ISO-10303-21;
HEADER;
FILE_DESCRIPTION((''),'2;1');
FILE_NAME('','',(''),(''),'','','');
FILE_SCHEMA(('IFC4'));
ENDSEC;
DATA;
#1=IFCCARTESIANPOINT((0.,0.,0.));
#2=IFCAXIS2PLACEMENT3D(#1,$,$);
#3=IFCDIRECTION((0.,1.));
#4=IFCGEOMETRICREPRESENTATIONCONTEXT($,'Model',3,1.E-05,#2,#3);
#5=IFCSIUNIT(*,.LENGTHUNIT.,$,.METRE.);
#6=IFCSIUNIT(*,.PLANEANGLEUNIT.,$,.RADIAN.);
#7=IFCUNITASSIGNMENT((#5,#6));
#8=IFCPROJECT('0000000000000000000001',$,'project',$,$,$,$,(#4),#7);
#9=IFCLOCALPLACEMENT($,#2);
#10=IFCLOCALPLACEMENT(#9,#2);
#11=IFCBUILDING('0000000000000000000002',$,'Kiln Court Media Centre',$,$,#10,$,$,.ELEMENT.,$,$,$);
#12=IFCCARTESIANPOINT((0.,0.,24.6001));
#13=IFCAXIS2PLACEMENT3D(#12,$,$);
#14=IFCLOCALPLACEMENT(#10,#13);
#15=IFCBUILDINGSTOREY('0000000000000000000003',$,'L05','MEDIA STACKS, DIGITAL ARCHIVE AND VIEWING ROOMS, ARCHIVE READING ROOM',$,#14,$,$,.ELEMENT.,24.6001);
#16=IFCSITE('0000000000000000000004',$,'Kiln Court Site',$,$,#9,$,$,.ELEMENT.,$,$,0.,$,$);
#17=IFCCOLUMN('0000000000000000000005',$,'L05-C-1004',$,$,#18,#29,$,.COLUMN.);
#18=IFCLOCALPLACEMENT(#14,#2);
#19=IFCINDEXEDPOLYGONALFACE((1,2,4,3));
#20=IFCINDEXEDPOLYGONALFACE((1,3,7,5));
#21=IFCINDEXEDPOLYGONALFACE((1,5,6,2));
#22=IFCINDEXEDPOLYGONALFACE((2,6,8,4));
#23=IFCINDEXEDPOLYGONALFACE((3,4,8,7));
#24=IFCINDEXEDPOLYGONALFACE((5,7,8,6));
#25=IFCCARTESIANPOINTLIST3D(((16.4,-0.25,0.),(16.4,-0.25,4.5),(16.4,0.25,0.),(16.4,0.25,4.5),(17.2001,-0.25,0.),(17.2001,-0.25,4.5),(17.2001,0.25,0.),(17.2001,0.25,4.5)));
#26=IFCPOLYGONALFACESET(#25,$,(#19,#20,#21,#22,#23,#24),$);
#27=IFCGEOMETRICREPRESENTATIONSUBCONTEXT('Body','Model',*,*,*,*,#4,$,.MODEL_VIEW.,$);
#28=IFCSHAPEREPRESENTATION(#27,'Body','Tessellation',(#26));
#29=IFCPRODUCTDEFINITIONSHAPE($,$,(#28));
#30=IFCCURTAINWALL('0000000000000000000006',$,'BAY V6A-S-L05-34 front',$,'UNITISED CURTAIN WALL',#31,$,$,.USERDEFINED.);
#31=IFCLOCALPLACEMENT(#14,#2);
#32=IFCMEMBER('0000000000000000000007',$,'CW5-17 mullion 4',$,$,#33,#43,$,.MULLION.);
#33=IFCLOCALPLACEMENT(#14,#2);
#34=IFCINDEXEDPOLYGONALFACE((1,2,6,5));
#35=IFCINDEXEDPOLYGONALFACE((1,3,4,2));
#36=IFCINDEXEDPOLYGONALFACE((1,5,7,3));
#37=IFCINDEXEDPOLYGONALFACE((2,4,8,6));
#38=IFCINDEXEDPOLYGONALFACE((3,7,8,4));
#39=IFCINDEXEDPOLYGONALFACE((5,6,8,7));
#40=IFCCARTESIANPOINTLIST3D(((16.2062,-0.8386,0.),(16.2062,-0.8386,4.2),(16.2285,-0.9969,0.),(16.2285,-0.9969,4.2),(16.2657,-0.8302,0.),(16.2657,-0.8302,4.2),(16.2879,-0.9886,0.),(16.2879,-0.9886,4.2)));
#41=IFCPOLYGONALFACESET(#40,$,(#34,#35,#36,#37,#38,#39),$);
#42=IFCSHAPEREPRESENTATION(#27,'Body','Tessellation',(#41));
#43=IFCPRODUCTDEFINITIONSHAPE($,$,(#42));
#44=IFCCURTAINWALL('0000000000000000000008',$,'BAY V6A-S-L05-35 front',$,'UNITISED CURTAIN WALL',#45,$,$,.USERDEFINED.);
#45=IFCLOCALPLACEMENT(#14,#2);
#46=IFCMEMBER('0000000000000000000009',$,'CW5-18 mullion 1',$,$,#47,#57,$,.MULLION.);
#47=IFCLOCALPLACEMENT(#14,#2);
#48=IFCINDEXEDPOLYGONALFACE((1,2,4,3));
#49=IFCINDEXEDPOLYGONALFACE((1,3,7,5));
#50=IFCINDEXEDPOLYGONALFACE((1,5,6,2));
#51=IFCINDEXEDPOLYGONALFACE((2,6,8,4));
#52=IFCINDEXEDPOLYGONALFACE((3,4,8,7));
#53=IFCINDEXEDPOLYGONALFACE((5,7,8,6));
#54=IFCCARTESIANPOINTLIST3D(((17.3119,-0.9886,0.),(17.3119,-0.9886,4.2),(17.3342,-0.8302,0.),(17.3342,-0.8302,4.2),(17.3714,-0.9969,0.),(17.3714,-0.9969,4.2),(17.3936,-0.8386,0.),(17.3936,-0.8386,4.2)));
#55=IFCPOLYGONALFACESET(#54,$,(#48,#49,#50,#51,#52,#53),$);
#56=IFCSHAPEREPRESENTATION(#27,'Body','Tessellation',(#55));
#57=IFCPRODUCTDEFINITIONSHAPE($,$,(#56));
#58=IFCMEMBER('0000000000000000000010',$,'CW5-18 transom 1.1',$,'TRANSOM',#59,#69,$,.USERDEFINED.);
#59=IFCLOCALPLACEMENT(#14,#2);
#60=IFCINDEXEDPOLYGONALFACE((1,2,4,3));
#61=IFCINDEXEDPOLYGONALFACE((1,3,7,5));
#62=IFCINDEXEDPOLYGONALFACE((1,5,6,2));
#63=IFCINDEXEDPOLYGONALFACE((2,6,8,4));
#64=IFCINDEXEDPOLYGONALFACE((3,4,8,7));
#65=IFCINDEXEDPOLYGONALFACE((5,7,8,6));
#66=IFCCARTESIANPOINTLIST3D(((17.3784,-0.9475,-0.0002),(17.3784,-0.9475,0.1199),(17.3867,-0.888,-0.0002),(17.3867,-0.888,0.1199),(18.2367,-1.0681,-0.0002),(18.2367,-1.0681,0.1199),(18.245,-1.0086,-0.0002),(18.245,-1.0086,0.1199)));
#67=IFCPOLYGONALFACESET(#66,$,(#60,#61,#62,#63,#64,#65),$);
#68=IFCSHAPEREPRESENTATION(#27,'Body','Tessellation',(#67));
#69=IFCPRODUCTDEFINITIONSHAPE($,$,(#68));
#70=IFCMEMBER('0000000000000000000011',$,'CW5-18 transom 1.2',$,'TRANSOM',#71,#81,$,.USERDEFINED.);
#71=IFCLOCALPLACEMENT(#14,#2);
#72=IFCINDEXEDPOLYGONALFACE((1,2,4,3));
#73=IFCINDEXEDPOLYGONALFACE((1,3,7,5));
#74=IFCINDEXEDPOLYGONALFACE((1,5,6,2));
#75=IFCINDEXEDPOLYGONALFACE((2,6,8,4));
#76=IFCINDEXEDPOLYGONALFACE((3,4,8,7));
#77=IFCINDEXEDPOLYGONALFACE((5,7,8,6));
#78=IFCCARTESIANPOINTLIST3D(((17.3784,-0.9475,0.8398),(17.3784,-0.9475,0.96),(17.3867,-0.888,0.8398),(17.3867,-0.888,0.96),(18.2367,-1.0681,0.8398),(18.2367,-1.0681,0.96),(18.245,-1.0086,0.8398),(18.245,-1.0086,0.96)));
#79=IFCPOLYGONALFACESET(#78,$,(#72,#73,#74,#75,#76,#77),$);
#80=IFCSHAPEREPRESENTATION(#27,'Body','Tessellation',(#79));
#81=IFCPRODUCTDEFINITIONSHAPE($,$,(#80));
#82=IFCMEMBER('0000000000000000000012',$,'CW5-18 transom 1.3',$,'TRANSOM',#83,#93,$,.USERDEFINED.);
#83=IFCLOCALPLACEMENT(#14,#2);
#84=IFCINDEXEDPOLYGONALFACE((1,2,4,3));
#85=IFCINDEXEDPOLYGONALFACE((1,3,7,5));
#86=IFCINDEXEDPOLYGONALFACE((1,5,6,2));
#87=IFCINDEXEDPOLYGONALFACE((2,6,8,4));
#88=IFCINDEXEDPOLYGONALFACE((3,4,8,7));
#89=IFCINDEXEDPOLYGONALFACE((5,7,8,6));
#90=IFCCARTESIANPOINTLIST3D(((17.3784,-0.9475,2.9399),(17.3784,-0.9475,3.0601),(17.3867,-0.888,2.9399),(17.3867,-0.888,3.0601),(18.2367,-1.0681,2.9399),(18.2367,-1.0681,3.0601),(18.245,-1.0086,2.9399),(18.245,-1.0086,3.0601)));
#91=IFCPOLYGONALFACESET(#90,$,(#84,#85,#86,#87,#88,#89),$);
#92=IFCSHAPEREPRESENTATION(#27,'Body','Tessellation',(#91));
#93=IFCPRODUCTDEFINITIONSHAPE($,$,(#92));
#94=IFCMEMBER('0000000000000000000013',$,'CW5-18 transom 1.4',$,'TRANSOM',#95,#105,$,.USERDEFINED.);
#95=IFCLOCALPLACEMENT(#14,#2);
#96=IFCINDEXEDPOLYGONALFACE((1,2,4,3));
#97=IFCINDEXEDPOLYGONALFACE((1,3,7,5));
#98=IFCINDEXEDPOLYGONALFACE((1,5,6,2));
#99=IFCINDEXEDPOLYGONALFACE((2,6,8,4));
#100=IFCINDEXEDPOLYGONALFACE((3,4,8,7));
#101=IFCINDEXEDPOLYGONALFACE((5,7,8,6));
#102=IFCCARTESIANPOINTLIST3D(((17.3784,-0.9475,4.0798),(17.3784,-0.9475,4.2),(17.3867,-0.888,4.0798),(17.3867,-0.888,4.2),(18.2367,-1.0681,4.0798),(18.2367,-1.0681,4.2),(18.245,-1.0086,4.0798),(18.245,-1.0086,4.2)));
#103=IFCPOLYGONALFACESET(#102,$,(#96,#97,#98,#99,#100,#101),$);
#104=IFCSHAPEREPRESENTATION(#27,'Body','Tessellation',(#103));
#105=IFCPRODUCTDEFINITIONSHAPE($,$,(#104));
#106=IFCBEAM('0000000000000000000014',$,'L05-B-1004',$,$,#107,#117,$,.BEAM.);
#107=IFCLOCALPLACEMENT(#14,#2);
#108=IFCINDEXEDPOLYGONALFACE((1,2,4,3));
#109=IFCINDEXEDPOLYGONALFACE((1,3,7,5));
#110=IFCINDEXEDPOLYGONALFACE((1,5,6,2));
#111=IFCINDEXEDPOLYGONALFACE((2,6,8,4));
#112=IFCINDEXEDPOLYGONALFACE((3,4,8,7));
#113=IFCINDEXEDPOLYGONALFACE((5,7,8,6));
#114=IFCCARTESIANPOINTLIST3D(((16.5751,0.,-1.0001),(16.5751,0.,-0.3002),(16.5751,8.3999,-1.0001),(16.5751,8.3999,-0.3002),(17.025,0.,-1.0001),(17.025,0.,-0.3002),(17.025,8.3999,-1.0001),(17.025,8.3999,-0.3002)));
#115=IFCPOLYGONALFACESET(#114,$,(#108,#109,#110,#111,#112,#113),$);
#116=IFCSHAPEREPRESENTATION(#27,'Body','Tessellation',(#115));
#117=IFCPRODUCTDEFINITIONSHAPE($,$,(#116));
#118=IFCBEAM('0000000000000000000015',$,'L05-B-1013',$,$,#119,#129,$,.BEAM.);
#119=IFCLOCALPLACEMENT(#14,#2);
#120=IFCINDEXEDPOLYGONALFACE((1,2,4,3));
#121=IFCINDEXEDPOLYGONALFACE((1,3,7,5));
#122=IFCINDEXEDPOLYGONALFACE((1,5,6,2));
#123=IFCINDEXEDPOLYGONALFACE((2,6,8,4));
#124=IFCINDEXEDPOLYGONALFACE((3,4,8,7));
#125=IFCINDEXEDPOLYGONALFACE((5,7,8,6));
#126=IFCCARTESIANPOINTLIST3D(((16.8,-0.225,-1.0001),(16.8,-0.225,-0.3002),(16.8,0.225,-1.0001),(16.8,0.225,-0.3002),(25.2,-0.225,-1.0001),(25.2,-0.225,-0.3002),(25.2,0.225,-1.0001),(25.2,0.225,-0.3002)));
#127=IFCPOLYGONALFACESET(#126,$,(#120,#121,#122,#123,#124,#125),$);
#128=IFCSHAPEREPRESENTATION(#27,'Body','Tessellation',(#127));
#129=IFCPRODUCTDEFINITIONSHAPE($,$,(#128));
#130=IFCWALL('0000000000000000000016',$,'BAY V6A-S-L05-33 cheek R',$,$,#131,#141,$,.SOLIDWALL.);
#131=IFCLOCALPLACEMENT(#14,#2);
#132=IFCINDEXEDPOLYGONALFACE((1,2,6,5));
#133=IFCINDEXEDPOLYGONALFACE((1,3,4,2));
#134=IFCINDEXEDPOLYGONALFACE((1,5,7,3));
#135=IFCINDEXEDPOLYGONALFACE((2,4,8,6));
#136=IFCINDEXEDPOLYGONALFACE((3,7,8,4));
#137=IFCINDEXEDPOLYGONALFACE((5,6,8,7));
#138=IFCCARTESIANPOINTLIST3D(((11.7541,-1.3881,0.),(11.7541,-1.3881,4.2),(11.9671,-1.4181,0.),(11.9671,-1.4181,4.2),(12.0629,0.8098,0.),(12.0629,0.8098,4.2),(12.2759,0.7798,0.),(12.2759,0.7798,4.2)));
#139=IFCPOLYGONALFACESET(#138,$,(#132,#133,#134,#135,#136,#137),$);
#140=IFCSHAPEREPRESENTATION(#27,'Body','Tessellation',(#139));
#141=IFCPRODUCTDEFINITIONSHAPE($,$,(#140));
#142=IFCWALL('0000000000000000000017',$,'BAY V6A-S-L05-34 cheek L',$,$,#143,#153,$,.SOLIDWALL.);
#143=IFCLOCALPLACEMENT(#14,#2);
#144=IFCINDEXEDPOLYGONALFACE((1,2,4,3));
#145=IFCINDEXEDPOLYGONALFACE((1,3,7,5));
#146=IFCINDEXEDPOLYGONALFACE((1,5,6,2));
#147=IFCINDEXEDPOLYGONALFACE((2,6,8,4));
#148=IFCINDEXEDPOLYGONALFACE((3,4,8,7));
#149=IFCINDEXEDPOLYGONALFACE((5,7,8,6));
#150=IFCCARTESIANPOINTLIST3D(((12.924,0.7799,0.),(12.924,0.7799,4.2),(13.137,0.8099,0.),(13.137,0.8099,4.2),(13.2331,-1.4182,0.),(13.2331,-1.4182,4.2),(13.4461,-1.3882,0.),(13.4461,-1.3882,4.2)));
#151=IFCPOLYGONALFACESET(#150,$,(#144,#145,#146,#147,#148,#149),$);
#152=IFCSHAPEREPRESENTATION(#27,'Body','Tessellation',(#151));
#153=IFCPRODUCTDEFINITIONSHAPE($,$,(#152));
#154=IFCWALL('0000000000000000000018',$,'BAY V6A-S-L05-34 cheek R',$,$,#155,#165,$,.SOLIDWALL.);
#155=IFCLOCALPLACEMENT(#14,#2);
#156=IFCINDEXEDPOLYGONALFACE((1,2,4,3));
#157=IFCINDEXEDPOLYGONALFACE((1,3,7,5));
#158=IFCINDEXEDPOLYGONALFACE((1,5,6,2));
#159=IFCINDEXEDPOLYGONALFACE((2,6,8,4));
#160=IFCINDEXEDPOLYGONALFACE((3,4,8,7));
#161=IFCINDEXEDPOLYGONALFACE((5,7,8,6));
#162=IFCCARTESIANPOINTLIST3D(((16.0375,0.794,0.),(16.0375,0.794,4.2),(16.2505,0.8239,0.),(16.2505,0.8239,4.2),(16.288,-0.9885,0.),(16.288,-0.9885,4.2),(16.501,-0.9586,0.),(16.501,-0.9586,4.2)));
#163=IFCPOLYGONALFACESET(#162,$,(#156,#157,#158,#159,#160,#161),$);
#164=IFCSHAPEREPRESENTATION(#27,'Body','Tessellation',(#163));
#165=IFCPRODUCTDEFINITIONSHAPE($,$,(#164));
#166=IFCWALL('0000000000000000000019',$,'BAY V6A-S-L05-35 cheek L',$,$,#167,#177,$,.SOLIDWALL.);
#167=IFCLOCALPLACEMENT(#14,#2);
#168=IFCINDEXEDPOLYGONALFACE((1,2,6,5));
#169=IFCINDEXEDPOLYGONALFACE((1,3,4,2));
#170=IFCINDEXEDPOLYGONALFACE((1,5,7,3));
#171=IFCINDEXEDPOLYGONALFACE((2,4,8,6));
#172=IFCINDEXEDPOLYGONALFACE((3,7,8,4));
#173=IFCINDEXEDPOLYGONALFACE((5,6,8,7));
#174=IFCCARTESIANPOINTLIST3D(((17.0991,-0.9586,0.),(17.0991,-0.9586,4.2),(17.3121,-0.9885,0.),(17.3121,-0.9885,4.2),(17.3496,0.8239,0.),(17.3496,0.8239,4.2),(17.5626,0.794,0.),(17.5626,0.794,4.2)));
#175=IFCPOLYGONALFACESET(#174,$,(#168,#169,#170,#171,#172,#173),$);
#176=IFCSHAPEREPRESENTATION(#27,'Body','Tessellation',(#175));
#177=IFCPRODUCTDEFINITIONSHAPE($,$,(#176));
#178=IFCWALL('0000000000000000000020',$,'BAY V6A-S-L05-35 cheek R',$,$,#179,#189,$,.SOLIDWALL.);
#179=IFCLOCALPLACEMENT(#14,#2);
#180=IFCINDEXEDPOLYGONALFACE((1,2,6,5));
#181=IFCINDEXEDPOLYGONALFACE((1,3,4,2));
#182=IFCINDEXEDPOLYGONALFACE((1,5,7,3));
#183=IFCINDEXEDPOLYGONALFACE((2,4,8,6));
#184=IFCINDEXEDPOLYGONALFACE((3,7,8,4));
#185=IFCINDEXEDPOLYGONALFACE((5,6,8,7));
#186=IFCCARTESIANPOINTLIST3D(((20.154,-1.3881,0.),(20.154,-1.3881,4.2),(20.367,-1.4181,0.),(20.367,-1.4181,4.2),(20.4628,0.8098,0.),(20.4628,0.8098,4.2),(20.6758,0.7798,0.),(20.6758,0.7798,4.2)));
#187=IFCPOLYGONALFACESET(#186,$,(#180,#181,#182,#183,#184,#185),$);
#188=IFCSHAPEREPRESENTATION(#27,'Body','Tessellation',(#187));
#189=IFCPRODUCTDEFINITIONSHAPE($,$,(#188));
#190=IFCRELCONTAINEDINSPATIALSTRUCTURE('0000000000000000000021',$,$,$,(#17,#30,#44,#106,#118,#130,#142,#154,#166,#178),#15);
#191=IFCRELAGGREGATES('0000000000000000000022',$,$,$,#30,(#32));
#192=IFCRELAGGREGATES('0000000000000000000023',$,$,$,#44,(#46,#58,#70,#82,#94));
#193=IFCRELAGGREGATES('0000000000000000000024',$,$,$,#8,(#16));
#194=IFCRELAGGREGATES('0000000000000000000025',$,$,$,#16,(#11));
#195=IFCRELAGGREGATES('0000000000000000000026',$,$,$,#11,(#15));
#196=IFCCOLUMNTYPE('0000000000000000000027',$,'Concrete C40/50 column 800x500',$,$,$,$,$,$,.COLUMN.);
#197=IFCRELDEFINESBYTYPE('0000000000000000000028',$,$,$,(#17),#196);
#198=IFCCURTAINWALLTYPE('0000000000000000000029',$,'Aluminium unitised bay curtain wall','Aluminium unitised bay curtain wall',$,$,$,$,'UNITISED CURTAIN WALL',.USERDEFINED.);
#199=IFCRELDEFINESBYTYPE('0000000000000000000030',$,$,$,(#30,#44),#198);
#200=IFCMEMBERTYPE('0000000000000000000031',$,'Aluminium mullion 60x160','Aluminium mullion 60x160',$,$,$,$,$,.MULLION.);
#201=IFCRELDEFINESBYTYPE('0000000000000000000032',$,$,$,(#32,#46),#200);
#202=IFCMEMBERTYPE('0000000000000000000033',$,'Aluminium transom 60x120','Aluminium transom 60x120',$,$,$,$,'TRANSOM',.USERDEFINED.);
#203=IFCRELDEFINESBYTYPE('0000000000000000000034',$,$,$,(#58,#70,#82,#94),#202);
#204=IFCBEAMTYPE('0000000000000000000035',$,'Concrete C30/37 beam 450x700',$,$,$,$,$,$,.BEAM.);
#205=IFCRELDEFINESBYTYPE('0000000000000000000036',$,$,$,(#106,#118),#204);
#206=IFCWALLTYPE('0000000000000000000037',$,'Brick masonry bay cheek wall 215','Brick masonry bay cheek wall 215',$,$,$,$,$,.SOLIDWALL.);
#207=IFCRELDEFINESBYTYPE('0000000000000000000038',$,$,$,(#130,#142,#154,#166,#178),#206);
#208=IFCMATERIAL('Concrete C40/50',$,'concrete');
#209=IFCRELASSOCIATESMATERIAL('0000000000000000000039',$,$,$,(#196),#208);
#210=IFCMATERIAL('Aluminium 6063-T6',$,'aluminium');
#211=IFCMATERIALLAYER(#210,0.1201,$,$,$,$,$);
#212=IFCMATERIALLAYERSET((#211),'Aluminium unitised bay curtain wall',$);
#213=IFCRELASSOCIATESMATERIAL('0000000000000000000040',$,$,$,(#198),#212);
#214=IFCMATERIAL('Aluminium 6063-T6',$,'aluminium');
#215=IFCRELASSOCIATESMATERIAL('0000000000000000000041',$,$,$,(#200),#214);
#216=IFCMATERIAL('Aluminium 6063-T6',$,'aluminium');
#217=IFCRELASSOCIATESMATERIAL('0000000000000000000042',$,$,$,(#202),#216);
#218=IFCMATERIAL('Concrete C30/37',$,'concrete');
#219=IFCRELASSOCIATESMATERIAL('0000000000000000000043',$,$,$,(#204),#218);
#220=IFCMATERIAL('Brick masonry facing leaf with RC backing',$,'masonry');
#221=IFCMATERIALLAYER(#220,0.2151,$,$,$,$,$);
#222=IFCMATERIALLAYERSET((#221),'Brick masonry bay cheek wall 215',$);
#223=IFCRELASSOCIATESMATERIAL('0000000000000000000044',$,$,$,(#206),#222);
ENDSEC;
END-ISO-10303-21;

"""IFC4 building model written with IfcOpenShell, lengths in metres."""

from ifc_helpers import new_model, si_unit, direction, frame, frame_2d, origin, origin_2d, place, context, subcontext, project, spatial, rectangle, extrude, material, layer, layer_set, material_profile, profile_set, type_object, element, aggregate, save


model = new_model("IFC4")

# Units and contexts
model_context = context("Model", 3, precision=1e-05, world=origin(), true_north=direction((0.0, 1.0)))
body_context = subcontext(model_context, "Body", "Model", "MODEL_VIEW")
ifc_project = project(units=[si_unit("LENGTHUNIT", "METRE"), si_unit("PLANEANGLEUNIT", "RADIAN")], contexts=[model_context])

# Site, building, storey
site_placement = place(None, origin())
site = spatial("IfcSite", under=ifc_project, at=site_placement, Name="Kiln Court Site", CompositionType="ELEMENT", RefElevation=0.0)
building_placement = place(site_placement, origin())
building = spatial("IfcBuilding", under=site, at=building_placement, Name="Kiln Court Media Centre", CompositionType="ELEMENT")
storey_placement = place(building_placement, frame((0.0, 0.0, 24.6001)))
storey = spatial("IfcBuildingStorey", under=building, at=storey_placement, Name="L05", Description="MEDIA STACKS, DIGITAL ARCHIVE AND VIEWING ROOMS, ARCHIVE READING ROOM", CompositionType="ELEMENT", Elevation=24.6001)

# Column
ifc_material_1 = material(Name="Concrete C40/50", Category="concrete")
ifc_material_profile_1 = material_profile(ifc_material_1, rectangle(XDim=0.8, YDim=0.5, at=origin_2d()), Name="RC 800x500")
ifc_profile_set_1 = profile_set([ifc_material_profile_1], Name="Concrete C40/50")
column_type = type_object("IfcColumnType", Name="Concrete C40/50 column 800x500", PredefinedType="COLUMN", material=ifc_profile_set_1)
column_placement = place(storey_placement, frame((16.8, 0.0, 0.0), z_axis=(0.0, 0.0, 1.0), x_axis=(1.0, 0.0, 0.0)))
element("IfcColumn", 1, at=column_placement, inside=storey, type_object=column_type, Name="L05-C-1004", PredefinedType="COLUMN", context=body_context, shape_type="SweptSolid", body=[
    extrude(rectangle(XDim=0.8, YDim=0.5, at=origin_2d()), origin(), (0.0, 0.0, 1.0), 4.5),
])

# Curtain wall, member
ifc_material_2 = material(Name="Aluminium 6063-T6", Category="aluminium")
ifc_layer_1 = layer(ifc_material_2, 0.1201)
ifc_layer_set_1 = layer_set([ifc_layer_1], Name="Aluminium unitised bay curtain wall")
curtain_wall_type = type_object("IfcCurtainWallType", Name="Aluminium unitised bay curtain wall", Description="Aluminium unitised bay curtain wall", ElementType="UNITISED CURTAIN WALL", PredefinedType="USERDEFINED", material=ifc_layer_set_1)
curtain_wall_1_placement = place(storey_placement, origin())
curtain_wall_1 = element("IfcCurtainWall", 2, at=curtain_wall_1_placement, inside=storey, type_object=curtain_wall_type, Name="BAY V6A-S-L05-34 front", ObjectType="UNITISED CURTAIN WALL", PredefinedType="USERDEFINED")
ifc_material_3 = material(Name="Aluminium 6063-T6", Category="aluminium")
ifc_material_profile_2 = material_profile(ifc_material_3, rectangle(XDim=0.0601, YDim=0.1599, at=origin_2d()), Name="Aluminium mullion 60x160")
ifc_profile_set_2 = profile_set([ifc_material_profile_2], Name="Aluminium 6063-T6")
member_type_1 = type_object("IfcMemberType", Name="Aluminium mullion 60x160", Description="Aluminium mullion 60x160", PredefinedType="MULLION", material=ifc_profile_set_2)
member_1_placement = place(storey_placement, frame((16.2471, -0.9136, 0.0), z_axis=(0.0, 0.0, 1.0), x_axis=(0.99027, 0.139162, 0.0)))
member_1 = element("IfcMember", 3, at=member_1_placement, type_object=member_type_1, Name="CW5-17 mullion 4", PredefinedType="MULLION", context=body_context, shape_type="SweptSolid", body=[
    extrude(rectangle(XDim=0.0601, YDim=0.1599, at=origin_2d()), origin(), (0.0, 0.0, 1.0), 4.2),
])
aggregate(curtain_wall_1, [member_1])

# Curtain wall, members
curtain_wall_2_placement = place(storey_placement, origin())
curtain_wall_2 = element("IfcCurtainWall", 4, at=curtain_wall_2_placement, inside=storey, type_object=curtain_wall_type, Name="BAY V6A-S-L05-35 front", ObjectType="UNITISED CURTAIN WALL", PredefinedType="USERDEFINED")
member_2_placement = place(storey_placement, frame((17.3528, -0.9136, 0.0), z_axis=(0.0, 0.0, 1.0), x_axis=(0.99027, -0.139162, 0.0)))
member_2 = element("IfcMember", 5, at=member_2_placement, type_object=member_type_1, Name="CW5-18 mullion 1", PredefinedType="MULLION", context=body_context, shape_type="SweptSolid", body=[
    extrude(rectangle(XDim=0.0601, YDim=0.1599, at=origin_2d()), origin(), (0.0, 0.0, 1.0), 4.2),
])
ifc_material_4 = material(Name="Aluminium 6063-T6", Category="aluminium")
ifc_material_profile_3 = material_profile(ifc_material_4, rectangle(XDim=0.0601, YDim=0.1201, at=origin_2d()), Name="Aluminium transom 60x120")
ifc_profile_set_3 = profile_set([ifc_material_profile_3], Name="Aluminium 6063-T6")
member_type_2 = type_object("IfcMemberType", Name="Aluminium transom 60x120", Description="Aluminium transom 60x120", ElementType="TRANSOM", PredefinedType="USERDEFINED", material=ifc_profile_set_3)
member_3_placement = place(storey_placement, frame((17.3826, -0.9177, 0.0598), z_axis=(0.990268, -0.139173, 0.0), x_axis=(0.139173, 0.990268, 0.0)))
member_3 = element("IfcMember", 6, at=member_3_placement, type_object=member_type_2, Name="CW5-18 transom 1.1", ObjectType="TRANSOM", PredefinedType="USERDEFINED", context=body_context, shape_type="SweptSolid", body=[
    extrude(rectangle(XDim=0.0601, YDim=0.1201, at=origin_2d()), origin(), (0.0, 0.0, 1.0), 0.8667),
])
member_4_placement = place(storey_placement, frame((17.3826, -0.9177, 0.8999), z_axis=(0.990268, -0.139173, 0.0), x_axis=(0.139173, 0.990268, 0.0)))
member_4 = element("IfcMember", 7, at=member_4_placement, type_object=member_type_2, Name="CW5-18 transom 1.2", ObjectType="TRANSOM", PredefinedType="USERDEFINED", context=body_context, shape_type="SweptSolid", body=[
    extrude(rectangle(XDim=0.0601, YDim=0.1201, at=origin_2d()), origin(), (0.0, 0.0, 1.0), 0.8667),
])
member_5_placement = place(storey_placement, frame((17.3826, -0.9177, 3.0), z_axis=(0.990268, -0.139173, 0.0), x_axis=(0.139173, 0.990268, 0.0)))
member_5 = element("IfcMember", 8, at=member_5_placement, type_object=member_type_2, Name="CW5-18 transom 1.3", ObjectType="TRANSOM", PredefinedType="USERDEFINED", context=body_context, shape_type="SweptSolid", body=[
    extrude(rectangle(XDim=0.0601, YDim=0.1201, at=origin_2d()), origin(), (0.0, 0.0, 1.0), 0.8667),
])
member_6_placement = place(storey_placement, frame((17.3826, -0.9177, 4.1399), z_axis=(0.990268, -0.139173, 0.0), x_axis=(0.139173, 0.990268, 0.0)))
member_6 = element("IfcMember", 9, at=member_6_placement, type_object=member_type_2, Name="CW5-18 transom 1.4", ObjectType="TRANSOM", PredefinedType="USERDEFINED", context=body_context, shape_type="SweptSolid", body=[
    extrude(rectangle(XDim=0.0601, YDim=0.1201, at=origin_2d()), origin(), (0.0, 0.0, 1.0), 0.8667),
])
aggregate(curtain_wall_2, [member_2, member_3, member_4, member_5, member_6])

# Beams
ifc_material_5 = material(Name="Concrete C30/37", Category="concrete")
ifc_material_profile_4 = material_profile(ifc_material_5, rectangle(XDim=0.45, YDim=0.7, at=origin_2d()), Name="RC 450x700")
ifc_profile_set_4 = profile_set([ifc_material_profile_4], Name="Concrete C30/37")
beam_type = type_object("IfcBeamType", Name="Concrete C30/37 beam 450x700", PredefinedType="BEAM", material=ifc_profile_set_4)
for number, where, z_axis, x_axis, name in (
    (10, (16.8, 0.0, -0.6501), (0.0, 1.0, 0.0), (-1.0, 0.0, 0.0), "L05-B-1004"),
    (11, (16.8, 0.0, -0.6501), (1.0, 0.0, 0.0), (0.0, 1.0, 0.0), "L05-B-1013"),
):
    element("IfcBeam", number, at=place(storey_placement, frame(where, z_axis=z_axis, x_axis=x_axis)), inside=storey, type_object=beam_type, Name=name, PredefinedType="BEAM", context=body_context, shape_type="SweptSolid", body=[
        extrude(rectangle(XDim=0.45, YDim=0.7, at=origin_2d()), origin(), (0.0, 0.0, 1.0), 8.3999),
    ])

# Walls
ifc_material_6 = material(Name="Brick masonry facing leaf with RC backing", Category="masonry")
ifc_layer_2 = layer(ifc_material_6, 0.2151)
ifc_layer_set_2 = layer_set([ifc_layer_2], Name="Brick masonry bay cheek wall 215")
wall_type_1 = type_object("IfcWallType", Name="Brick masonry bay cheek wall 215", Description="Brick masonry bay cheek wall 215", PredefinedType="SOLIDWALL", material=ifc_layer_set_2)
wall_1_placement = place(storey_placement, frame((12.1694, 0.7949, 0.0), z_axis=(0.0, 0.0, 1.0), x_axis=(-0.139142, -0.990272, 0.0)))
element("IfcWall", 12, at=wall_1_placement, inside=storey, type_object=wall_type_1, Name="BAY V6A-S-L05-33 cheek R", PredefinedType="SOLIDWALL", context=body_context, shape_type="SweptSolid", body=[
    extrude(rectangle(XDim=2.2195, YDim=0.2151, at=frame_2d((1.1099, 0.0))), origin(), (0.0, 0.0, 1.0), 4.2),
])
wall_2_placement = place(storey_placement, frame((13.0305, 0.7949, 0.0), z_axis=(0.0, 0.0, 1.0), x_axis=(0.13925, -0.990257, 0.0)))
element("IfcWall", 13, at=wall_2_placement, inside=storey, type_object=wall_type_1, Name="BAY V6A-S-L05-34 cheek L", PredefinedType="SOLIDWALL", context=body_context, shape_type="SweptSolid", body=[
    extrude(rectangle(XDim=2.2197, YDim=0.2151, at=frame_2d((1.1099, 0.0))), origin(), (0.0, 0.0, 1.0), 4.2),
])
for number, where, z_axis, x_axis, name in (
    (14, (16.144, 0.8088, 0.0), (0.0, 0.0, 1.0), (0.139161, -0.99027, 0.0), "BAY V6A-S-L05-34 cheek R"),
    (15, (17.4561, 0.8088, 0.0), (0.0, 0.0, 1.0), (-0.139161, -0.99027, 0.0), "BAY V6A-S-L05-35 cheek L"),
):
    element("IfcWall", number, at=place(storey_placement, frame(where, z_axis=z_axis, x_axis=x_axis)), inside=storey, type_object=wall_type_1, Name=name, PredefinedType="SOLIDWALL", context=body_context, shape_type="SweptSolid", body=[
        extrude(rectangle(XDim=1.8, YDim=0.2151, at=frame_2d((0.8999, 0.0))), origin(), (0.0, 0.0, 1.0), 4.2),
    ])
for number, where, z_axis, x_axis, name in (
    (16, (20.5693, 0.7949, 0.0), (0.0, 0.0, 1.0), (-0.139142, -0.990272, 0.0), "BAY V6A-S-L05-35 cheek R"),
):
    element("IfcWall", number, at=place(storey_placement, frame(where, z_axis=z_axis, x_axis=x_axis)), inside=storey, type_object=wall_type_1, Name=name, PredefinedType="SOLIDWALL", context=body_context, shape_type="SweptSolid", body=[
        extrude(rectangle(XDim=2.2195, YDim=0.2151, at=frame_2d((1.1099, 0.0))), origin(), (0.0, 0.0, 1.0), 4.2),
    ])

save(model, "model.ifc")
